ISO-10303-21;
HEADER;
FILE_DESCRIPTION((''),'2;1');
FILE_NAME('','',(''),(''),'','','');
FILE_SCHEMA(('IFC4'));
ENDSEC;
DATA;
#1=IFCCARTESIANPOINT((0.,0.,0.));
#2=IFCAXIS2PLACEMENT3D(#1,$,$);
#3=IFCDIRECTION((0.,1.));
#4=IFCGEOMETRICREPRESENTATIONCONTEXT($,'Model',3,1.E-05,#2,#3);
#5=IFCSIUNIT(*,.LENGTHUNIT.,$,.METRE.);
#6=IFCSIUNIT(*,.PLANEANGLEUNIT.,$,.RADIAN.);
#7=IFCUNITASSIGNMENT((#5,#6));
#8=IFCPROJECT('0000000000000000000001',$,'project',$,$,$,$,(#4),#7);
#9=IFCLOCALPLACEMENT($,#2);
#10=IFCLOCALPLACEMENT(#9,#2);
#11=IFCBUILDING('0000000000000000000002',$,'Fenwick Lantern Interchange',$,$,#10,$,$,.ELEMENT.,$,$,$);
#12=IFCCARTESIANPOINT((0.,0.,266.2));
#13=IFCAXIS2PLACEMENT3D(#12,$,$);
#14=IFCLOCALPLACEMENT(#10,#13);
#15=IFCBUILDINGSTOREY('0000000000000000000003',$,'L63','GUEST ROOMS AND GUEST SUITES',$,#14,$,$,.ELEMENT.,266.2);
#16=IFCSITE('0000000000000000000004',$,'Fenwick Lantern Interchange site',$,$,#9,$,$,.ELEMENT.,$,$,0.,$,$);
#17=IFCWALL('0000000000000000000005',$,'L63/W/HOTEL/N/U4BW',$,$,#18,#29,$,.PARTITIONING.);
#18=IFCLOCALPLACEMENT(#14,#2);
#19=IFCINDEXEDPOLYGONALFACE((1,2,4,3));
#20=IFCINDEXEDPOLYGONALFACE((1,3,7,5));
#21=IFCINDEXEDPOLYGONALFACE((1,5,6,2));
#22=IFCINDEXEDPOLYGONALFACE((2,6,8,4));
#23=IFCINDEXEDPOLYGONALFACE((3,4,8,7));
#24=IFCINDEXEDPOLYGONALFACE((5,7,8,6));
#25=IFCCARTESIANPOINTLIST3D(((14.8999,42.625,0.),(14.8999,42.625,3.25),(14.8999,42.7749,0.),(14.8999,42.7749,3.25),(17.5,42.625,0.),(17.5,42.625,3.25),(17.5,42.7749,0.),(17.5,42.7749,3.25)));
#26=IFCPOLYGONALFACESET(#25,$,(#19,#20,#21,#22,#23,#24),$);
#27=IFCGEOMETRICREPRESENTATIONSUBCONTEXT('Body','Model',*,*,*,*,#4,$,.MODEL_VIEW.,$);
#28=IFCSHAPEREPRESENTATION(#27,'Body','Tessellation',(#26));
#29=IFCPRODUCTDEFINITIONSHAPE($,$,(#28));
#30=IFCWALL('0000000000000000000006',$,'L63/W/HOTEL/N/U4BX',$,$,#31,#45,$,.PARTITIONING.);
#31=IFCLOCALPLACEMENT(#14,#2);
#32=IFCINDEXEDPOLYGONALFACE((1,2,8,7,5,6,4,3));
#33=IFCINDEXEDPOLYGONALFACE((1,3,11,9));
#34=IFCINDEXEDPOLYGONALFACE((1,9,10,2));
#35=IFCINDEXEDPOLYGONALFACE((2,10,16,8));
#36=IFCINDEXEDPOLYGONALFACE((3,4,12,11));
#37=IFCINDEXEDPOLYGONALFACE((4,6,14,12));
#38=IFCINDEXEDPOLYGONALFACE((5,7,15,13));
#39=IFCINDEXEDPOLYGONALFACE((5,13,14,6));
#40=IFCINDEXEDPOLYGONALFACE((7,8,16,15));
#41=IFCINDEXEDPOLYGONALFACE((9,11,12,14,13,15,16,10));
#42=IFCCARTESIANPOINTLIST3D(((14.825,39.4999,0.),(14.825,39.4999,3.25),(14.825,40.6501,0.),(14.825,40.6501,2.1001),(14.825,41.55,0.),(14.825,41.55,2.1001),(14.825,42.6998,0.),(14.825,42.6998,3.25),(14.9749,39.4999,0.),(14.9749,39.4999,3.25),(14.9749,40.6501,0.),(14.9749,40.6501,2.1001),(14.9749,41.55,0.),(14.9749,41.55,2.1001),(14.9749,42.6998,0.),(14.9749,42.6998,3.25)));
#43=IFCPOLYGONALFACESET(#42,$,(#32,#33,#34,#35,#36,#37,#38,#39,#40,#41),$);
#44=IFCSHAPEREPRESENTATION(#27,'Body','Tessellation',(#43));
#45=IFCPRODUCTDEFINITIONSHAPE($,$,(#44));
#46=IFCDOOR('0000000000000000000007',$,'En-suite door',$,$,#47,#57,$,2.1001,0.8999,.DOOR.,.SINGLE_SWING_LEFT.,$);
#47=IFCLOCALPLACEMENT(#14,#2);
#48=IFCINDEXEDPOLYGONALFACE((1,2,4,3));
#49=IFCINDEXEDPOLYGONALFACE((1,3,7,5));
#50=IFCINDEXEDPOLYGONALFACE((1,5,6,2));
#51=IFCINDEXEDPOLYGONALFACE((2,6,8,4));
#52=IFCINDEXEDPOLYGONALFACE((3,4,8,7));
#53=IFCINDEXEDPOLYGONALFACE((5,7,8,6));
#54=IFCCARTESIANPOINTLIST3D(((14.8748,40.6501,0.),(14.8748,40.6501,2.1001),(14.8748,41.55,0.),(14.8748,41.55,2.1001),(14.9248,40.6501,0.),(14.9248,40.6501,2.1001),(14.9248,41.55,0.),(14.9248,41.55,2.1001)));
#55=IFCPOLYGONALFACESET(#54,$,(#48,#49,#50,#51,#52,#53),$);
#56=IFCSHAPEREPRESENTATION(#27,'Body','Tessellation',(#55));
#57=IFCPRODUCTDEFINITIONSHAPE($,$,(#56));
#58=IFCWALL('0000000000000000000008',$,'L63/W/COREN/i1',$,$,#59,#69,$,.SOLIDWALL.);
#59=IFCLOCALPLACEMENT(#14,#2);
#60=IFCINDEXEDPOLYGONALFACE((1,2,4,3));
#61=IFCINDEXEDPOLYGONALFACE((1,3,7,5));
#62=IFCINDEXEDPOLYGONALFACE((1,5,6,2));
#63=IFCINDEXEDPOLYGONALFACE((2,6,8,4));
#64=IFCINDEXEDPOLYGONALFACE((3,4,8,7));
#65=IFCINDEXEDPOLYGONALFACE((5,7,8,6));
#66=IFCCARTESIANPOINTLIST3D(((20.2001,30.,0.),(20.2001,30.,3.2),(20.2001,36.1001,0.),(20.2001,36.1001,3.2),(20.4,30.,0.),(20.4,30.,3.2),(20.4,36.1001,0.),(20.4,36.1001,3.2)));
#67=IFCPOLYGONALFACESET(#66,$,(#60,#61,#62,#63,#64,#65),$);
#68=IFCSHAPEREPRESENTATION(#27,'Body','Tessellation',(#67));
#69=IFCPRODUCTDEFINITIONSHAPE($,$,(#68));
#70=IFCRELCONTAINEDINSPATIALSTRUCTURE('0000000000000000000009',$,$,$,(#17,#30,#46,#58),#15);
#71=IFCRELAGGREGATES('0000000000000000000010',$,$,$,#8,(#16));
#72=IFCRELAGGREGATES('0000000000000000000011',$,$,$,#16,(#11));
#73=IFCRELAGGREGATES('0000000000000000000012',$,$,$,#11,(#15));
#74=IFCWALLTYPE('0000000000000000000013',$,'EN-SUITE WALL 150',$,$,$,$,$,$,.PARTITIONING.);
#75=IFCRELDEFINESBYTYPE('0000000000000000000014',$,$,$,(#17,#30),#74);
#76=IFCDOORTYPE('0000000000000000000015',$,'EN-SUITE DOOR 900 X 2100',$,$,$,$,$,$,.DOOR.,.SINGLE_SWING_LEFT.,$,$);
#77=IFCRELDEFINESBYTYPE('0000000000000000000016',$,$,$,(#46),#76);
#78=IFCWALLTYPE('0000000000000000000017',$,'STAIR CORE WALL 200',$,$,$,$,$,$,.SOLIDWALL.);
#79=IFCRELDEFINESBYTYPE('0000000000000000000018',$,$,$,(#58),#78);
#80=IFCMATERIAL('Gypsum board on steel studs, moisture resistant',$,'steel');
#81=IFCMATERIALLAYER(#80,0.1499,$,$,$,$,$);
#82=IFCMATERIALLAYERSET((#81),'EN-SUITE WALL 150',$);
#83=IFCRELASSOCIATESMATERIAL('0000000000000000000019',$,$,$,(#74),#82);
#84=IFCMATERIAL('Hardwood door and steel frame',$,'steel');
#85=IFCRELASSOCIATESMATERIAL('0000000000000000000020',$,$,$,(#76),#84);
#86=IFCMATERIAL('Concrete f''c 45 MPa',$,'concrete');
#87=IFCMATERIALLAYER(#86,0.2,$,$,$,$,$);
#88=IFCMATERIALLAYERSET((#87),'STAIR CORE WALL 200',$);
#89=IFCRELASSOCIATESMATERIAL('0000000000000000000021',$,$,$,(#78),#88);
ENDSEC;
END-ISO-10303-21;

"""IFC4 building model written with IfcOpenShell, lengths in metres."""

from ifc_helpers import new_model, si_unit, direction, frame, frame_2d, origin, place, context, subcontext, project, spatial, rectangle, extrude, material, layer, layer_set, type_object, element, fill, save


model = new_model("IFC4")

# Units and contexts
model_context = context("Model", 3, precision=1e-05, world=origin(), true_north=direction((0.0, 1.0)))
body_context = subcontext(model_context, "Body", "Model", "MODEL_VIEW")
ifc_project = project(units=[si_unit("LENGTHUNIT", "METRE"), si_unit("PLANEANGLEUNIT", "RADIAN")], contexts=[model_context])

# Site, building, storey
site_placement = place(None, origin())
site = spatial("IfcSite", under=ifc_project, at=site_placement, Name="Fenwick Lantern Interchange site", CompositionType="ELEMENT", RefElevation=0.0)
building_placement = place(site_placement, origin())
building = spatial("IfcBuilding", under=site, at=building_placement, Name="Fenwick Lantern Interchange", CompositionType="ELEMENT")
storey_placement = place(building_placement, frame((0.0, 0.0, 266.2)))
storey = spatial("IfcBuildingStorey", under=building, at=storey_placement, Name="L63", Description="GUEST ROOMS AND GUEST SUITES", CompositionType="ELEMENT", Elevation=266.2)

# Shared definitions
ifc_material_1 = material(Name="Hardwood door and steel frame", Category="steel")

# Wall
ifc_material_2 = material(Name="Gypsum board on steel studs, moisture resistant", Category="steel")
ifc_layer_1 = layer(ifc_material_2, 0.1499)
ifc_layer_set_1 = layer_set([ifc_layer_1], Name="EN-SUITE WALL 150")
wall_type_1 = type_object("IfcWallType", Name="EN-SUITE WALL 150", PredefinedType="PARTITIONING", material=ifc_layer_set_1)
wall_1_placement = place(storey_placement, frame((17.5, 42.7, 0.0), z_axis=(0.0, 0.0, 1.0), x_axis=(-1.0, 0.0, 0.0)))
element("IfcWall", 1, at=wall_1_placement, inside=storey, type_object=wall_type_1, Name="L63/W/HOTEL/N/U4BW", PredefinedType="PARTITIONING", context=body_context, shape_type="SweptSolid", body=[
    extrude(rectangle(XDim=2.6001, YDim=0.1499, at=frame_2d((1.3, 0.0))), origin(), (0.0, 0.0, 1.0), 3.25),
])

# Wall, opening, door
wall_2_placement = place(storey_placement, frame((14.8999, 42.7, 0.0), z_axis=(0.0, 0.0, 1.0), x_axis=(0.0, -1.0, 0.0)))
wall_2 = element("IfcWall", 2, at=wall_2_placement, inside=storey, type_object=wall_type_1, Name="L63/W/HOTEL/N/U4BX", PredefinedType="PARTITIONING", context=body_context, shape_type="SweptSolid", body=[
    extrude(rectangle(XDim=3.2, YDim=0.1499, at=frame_2d((1.6001, 0.0))), origin(), (0.0, 0.0, 1.0), 3.25),
])
opening_1_placement = place(wall_2_placement, frame((1.1499, 0.0, 0.0)))
opening_1 = element("IfcOpeningElement", 3, at=opening_1_placement, cuts=wall_2, PredefinedType="OPENING", context=body_context, shape_type="SweptSolid", body=[
    extrude(rectangle(XDim=0.8999, YDim=2.1001, at=frame_2d((0.45, 1.05))), frame((0.0, 0.085, 0.0), z_axis=(0.0, -1.0, 0.0), x_axis=(1.0, 0.0, 0.0)), (0.0, 0.0, 1.0), 0.1699),
])
door_type_1 = type_object("IfcDoorType", Name="EN-SUITE DOOR 900 X 2100", OperationType="SINGLE_SWING_LEFT", PredefinedType="DOOR", material=ifc_material_1)
door_1_placement = place(opening_1_placement, origin())
door_1 = element("IfcDoor", 4, at=door_1_placement, inside=storey, type_object=door_type_1, Name="En-suite door", OperationType="SINGLE_SWING_LEFT", OverallHeight=2.1001, OverallWidth=0.8999, PredefinedType="DOOR", context=body_context, shape_type="SweptSolid", body=[
    extrude(rectangle(XDim=0.8999, YDim=2.1001, at=frame_2d((0.45, 1.05))), frame((0.0, 0.0249, 0.0), z_axis=(0.0, -1.0, 0.0), x_axis=(1.0, 0.0, 0.0)), (0.0, 0.0, 1.0), 0.05),
])
fill(opening_1, door_1)

# Wall
ifc_material_3 = material(Name="Concrete f'c 45 MPa", Category="concrete")
ifc_layer_2 = layer(ifc_material_3, 0.2)
ifc_layer_set_2 = layer_set([ifc_layer_2], Name="STAIR CORE WALL 200")
wall_type_2 = type_object("IfcWallType", Name="STAIR CORE WALL 200", PredefinedType="SOLIDWALL", material=ifc_layer_set_2)
wall_3_placement = place(storey_placement, frame((20.3, 36.1001, 0.0), z_axis=(0.0, 0.0, 1.0), x_axis=(0.0, -1.0, 0.0)))
element("IfcWall", 5, at=wall_3_placement, inside=storey, type_object=wall_type_2, Name="L63/W/COREN/i1", PredefinedType="SOLIDWALL", context=body_context, shape_type="SweptSolid", body=[
    extrude(rectangle(XDim=6.1001, YDim=0.2, at=frame_2d((3.05, 0.0))), origin(), (0.0, 0.0, 1.0), 3.2),
])

save(model, "model.ifc")
